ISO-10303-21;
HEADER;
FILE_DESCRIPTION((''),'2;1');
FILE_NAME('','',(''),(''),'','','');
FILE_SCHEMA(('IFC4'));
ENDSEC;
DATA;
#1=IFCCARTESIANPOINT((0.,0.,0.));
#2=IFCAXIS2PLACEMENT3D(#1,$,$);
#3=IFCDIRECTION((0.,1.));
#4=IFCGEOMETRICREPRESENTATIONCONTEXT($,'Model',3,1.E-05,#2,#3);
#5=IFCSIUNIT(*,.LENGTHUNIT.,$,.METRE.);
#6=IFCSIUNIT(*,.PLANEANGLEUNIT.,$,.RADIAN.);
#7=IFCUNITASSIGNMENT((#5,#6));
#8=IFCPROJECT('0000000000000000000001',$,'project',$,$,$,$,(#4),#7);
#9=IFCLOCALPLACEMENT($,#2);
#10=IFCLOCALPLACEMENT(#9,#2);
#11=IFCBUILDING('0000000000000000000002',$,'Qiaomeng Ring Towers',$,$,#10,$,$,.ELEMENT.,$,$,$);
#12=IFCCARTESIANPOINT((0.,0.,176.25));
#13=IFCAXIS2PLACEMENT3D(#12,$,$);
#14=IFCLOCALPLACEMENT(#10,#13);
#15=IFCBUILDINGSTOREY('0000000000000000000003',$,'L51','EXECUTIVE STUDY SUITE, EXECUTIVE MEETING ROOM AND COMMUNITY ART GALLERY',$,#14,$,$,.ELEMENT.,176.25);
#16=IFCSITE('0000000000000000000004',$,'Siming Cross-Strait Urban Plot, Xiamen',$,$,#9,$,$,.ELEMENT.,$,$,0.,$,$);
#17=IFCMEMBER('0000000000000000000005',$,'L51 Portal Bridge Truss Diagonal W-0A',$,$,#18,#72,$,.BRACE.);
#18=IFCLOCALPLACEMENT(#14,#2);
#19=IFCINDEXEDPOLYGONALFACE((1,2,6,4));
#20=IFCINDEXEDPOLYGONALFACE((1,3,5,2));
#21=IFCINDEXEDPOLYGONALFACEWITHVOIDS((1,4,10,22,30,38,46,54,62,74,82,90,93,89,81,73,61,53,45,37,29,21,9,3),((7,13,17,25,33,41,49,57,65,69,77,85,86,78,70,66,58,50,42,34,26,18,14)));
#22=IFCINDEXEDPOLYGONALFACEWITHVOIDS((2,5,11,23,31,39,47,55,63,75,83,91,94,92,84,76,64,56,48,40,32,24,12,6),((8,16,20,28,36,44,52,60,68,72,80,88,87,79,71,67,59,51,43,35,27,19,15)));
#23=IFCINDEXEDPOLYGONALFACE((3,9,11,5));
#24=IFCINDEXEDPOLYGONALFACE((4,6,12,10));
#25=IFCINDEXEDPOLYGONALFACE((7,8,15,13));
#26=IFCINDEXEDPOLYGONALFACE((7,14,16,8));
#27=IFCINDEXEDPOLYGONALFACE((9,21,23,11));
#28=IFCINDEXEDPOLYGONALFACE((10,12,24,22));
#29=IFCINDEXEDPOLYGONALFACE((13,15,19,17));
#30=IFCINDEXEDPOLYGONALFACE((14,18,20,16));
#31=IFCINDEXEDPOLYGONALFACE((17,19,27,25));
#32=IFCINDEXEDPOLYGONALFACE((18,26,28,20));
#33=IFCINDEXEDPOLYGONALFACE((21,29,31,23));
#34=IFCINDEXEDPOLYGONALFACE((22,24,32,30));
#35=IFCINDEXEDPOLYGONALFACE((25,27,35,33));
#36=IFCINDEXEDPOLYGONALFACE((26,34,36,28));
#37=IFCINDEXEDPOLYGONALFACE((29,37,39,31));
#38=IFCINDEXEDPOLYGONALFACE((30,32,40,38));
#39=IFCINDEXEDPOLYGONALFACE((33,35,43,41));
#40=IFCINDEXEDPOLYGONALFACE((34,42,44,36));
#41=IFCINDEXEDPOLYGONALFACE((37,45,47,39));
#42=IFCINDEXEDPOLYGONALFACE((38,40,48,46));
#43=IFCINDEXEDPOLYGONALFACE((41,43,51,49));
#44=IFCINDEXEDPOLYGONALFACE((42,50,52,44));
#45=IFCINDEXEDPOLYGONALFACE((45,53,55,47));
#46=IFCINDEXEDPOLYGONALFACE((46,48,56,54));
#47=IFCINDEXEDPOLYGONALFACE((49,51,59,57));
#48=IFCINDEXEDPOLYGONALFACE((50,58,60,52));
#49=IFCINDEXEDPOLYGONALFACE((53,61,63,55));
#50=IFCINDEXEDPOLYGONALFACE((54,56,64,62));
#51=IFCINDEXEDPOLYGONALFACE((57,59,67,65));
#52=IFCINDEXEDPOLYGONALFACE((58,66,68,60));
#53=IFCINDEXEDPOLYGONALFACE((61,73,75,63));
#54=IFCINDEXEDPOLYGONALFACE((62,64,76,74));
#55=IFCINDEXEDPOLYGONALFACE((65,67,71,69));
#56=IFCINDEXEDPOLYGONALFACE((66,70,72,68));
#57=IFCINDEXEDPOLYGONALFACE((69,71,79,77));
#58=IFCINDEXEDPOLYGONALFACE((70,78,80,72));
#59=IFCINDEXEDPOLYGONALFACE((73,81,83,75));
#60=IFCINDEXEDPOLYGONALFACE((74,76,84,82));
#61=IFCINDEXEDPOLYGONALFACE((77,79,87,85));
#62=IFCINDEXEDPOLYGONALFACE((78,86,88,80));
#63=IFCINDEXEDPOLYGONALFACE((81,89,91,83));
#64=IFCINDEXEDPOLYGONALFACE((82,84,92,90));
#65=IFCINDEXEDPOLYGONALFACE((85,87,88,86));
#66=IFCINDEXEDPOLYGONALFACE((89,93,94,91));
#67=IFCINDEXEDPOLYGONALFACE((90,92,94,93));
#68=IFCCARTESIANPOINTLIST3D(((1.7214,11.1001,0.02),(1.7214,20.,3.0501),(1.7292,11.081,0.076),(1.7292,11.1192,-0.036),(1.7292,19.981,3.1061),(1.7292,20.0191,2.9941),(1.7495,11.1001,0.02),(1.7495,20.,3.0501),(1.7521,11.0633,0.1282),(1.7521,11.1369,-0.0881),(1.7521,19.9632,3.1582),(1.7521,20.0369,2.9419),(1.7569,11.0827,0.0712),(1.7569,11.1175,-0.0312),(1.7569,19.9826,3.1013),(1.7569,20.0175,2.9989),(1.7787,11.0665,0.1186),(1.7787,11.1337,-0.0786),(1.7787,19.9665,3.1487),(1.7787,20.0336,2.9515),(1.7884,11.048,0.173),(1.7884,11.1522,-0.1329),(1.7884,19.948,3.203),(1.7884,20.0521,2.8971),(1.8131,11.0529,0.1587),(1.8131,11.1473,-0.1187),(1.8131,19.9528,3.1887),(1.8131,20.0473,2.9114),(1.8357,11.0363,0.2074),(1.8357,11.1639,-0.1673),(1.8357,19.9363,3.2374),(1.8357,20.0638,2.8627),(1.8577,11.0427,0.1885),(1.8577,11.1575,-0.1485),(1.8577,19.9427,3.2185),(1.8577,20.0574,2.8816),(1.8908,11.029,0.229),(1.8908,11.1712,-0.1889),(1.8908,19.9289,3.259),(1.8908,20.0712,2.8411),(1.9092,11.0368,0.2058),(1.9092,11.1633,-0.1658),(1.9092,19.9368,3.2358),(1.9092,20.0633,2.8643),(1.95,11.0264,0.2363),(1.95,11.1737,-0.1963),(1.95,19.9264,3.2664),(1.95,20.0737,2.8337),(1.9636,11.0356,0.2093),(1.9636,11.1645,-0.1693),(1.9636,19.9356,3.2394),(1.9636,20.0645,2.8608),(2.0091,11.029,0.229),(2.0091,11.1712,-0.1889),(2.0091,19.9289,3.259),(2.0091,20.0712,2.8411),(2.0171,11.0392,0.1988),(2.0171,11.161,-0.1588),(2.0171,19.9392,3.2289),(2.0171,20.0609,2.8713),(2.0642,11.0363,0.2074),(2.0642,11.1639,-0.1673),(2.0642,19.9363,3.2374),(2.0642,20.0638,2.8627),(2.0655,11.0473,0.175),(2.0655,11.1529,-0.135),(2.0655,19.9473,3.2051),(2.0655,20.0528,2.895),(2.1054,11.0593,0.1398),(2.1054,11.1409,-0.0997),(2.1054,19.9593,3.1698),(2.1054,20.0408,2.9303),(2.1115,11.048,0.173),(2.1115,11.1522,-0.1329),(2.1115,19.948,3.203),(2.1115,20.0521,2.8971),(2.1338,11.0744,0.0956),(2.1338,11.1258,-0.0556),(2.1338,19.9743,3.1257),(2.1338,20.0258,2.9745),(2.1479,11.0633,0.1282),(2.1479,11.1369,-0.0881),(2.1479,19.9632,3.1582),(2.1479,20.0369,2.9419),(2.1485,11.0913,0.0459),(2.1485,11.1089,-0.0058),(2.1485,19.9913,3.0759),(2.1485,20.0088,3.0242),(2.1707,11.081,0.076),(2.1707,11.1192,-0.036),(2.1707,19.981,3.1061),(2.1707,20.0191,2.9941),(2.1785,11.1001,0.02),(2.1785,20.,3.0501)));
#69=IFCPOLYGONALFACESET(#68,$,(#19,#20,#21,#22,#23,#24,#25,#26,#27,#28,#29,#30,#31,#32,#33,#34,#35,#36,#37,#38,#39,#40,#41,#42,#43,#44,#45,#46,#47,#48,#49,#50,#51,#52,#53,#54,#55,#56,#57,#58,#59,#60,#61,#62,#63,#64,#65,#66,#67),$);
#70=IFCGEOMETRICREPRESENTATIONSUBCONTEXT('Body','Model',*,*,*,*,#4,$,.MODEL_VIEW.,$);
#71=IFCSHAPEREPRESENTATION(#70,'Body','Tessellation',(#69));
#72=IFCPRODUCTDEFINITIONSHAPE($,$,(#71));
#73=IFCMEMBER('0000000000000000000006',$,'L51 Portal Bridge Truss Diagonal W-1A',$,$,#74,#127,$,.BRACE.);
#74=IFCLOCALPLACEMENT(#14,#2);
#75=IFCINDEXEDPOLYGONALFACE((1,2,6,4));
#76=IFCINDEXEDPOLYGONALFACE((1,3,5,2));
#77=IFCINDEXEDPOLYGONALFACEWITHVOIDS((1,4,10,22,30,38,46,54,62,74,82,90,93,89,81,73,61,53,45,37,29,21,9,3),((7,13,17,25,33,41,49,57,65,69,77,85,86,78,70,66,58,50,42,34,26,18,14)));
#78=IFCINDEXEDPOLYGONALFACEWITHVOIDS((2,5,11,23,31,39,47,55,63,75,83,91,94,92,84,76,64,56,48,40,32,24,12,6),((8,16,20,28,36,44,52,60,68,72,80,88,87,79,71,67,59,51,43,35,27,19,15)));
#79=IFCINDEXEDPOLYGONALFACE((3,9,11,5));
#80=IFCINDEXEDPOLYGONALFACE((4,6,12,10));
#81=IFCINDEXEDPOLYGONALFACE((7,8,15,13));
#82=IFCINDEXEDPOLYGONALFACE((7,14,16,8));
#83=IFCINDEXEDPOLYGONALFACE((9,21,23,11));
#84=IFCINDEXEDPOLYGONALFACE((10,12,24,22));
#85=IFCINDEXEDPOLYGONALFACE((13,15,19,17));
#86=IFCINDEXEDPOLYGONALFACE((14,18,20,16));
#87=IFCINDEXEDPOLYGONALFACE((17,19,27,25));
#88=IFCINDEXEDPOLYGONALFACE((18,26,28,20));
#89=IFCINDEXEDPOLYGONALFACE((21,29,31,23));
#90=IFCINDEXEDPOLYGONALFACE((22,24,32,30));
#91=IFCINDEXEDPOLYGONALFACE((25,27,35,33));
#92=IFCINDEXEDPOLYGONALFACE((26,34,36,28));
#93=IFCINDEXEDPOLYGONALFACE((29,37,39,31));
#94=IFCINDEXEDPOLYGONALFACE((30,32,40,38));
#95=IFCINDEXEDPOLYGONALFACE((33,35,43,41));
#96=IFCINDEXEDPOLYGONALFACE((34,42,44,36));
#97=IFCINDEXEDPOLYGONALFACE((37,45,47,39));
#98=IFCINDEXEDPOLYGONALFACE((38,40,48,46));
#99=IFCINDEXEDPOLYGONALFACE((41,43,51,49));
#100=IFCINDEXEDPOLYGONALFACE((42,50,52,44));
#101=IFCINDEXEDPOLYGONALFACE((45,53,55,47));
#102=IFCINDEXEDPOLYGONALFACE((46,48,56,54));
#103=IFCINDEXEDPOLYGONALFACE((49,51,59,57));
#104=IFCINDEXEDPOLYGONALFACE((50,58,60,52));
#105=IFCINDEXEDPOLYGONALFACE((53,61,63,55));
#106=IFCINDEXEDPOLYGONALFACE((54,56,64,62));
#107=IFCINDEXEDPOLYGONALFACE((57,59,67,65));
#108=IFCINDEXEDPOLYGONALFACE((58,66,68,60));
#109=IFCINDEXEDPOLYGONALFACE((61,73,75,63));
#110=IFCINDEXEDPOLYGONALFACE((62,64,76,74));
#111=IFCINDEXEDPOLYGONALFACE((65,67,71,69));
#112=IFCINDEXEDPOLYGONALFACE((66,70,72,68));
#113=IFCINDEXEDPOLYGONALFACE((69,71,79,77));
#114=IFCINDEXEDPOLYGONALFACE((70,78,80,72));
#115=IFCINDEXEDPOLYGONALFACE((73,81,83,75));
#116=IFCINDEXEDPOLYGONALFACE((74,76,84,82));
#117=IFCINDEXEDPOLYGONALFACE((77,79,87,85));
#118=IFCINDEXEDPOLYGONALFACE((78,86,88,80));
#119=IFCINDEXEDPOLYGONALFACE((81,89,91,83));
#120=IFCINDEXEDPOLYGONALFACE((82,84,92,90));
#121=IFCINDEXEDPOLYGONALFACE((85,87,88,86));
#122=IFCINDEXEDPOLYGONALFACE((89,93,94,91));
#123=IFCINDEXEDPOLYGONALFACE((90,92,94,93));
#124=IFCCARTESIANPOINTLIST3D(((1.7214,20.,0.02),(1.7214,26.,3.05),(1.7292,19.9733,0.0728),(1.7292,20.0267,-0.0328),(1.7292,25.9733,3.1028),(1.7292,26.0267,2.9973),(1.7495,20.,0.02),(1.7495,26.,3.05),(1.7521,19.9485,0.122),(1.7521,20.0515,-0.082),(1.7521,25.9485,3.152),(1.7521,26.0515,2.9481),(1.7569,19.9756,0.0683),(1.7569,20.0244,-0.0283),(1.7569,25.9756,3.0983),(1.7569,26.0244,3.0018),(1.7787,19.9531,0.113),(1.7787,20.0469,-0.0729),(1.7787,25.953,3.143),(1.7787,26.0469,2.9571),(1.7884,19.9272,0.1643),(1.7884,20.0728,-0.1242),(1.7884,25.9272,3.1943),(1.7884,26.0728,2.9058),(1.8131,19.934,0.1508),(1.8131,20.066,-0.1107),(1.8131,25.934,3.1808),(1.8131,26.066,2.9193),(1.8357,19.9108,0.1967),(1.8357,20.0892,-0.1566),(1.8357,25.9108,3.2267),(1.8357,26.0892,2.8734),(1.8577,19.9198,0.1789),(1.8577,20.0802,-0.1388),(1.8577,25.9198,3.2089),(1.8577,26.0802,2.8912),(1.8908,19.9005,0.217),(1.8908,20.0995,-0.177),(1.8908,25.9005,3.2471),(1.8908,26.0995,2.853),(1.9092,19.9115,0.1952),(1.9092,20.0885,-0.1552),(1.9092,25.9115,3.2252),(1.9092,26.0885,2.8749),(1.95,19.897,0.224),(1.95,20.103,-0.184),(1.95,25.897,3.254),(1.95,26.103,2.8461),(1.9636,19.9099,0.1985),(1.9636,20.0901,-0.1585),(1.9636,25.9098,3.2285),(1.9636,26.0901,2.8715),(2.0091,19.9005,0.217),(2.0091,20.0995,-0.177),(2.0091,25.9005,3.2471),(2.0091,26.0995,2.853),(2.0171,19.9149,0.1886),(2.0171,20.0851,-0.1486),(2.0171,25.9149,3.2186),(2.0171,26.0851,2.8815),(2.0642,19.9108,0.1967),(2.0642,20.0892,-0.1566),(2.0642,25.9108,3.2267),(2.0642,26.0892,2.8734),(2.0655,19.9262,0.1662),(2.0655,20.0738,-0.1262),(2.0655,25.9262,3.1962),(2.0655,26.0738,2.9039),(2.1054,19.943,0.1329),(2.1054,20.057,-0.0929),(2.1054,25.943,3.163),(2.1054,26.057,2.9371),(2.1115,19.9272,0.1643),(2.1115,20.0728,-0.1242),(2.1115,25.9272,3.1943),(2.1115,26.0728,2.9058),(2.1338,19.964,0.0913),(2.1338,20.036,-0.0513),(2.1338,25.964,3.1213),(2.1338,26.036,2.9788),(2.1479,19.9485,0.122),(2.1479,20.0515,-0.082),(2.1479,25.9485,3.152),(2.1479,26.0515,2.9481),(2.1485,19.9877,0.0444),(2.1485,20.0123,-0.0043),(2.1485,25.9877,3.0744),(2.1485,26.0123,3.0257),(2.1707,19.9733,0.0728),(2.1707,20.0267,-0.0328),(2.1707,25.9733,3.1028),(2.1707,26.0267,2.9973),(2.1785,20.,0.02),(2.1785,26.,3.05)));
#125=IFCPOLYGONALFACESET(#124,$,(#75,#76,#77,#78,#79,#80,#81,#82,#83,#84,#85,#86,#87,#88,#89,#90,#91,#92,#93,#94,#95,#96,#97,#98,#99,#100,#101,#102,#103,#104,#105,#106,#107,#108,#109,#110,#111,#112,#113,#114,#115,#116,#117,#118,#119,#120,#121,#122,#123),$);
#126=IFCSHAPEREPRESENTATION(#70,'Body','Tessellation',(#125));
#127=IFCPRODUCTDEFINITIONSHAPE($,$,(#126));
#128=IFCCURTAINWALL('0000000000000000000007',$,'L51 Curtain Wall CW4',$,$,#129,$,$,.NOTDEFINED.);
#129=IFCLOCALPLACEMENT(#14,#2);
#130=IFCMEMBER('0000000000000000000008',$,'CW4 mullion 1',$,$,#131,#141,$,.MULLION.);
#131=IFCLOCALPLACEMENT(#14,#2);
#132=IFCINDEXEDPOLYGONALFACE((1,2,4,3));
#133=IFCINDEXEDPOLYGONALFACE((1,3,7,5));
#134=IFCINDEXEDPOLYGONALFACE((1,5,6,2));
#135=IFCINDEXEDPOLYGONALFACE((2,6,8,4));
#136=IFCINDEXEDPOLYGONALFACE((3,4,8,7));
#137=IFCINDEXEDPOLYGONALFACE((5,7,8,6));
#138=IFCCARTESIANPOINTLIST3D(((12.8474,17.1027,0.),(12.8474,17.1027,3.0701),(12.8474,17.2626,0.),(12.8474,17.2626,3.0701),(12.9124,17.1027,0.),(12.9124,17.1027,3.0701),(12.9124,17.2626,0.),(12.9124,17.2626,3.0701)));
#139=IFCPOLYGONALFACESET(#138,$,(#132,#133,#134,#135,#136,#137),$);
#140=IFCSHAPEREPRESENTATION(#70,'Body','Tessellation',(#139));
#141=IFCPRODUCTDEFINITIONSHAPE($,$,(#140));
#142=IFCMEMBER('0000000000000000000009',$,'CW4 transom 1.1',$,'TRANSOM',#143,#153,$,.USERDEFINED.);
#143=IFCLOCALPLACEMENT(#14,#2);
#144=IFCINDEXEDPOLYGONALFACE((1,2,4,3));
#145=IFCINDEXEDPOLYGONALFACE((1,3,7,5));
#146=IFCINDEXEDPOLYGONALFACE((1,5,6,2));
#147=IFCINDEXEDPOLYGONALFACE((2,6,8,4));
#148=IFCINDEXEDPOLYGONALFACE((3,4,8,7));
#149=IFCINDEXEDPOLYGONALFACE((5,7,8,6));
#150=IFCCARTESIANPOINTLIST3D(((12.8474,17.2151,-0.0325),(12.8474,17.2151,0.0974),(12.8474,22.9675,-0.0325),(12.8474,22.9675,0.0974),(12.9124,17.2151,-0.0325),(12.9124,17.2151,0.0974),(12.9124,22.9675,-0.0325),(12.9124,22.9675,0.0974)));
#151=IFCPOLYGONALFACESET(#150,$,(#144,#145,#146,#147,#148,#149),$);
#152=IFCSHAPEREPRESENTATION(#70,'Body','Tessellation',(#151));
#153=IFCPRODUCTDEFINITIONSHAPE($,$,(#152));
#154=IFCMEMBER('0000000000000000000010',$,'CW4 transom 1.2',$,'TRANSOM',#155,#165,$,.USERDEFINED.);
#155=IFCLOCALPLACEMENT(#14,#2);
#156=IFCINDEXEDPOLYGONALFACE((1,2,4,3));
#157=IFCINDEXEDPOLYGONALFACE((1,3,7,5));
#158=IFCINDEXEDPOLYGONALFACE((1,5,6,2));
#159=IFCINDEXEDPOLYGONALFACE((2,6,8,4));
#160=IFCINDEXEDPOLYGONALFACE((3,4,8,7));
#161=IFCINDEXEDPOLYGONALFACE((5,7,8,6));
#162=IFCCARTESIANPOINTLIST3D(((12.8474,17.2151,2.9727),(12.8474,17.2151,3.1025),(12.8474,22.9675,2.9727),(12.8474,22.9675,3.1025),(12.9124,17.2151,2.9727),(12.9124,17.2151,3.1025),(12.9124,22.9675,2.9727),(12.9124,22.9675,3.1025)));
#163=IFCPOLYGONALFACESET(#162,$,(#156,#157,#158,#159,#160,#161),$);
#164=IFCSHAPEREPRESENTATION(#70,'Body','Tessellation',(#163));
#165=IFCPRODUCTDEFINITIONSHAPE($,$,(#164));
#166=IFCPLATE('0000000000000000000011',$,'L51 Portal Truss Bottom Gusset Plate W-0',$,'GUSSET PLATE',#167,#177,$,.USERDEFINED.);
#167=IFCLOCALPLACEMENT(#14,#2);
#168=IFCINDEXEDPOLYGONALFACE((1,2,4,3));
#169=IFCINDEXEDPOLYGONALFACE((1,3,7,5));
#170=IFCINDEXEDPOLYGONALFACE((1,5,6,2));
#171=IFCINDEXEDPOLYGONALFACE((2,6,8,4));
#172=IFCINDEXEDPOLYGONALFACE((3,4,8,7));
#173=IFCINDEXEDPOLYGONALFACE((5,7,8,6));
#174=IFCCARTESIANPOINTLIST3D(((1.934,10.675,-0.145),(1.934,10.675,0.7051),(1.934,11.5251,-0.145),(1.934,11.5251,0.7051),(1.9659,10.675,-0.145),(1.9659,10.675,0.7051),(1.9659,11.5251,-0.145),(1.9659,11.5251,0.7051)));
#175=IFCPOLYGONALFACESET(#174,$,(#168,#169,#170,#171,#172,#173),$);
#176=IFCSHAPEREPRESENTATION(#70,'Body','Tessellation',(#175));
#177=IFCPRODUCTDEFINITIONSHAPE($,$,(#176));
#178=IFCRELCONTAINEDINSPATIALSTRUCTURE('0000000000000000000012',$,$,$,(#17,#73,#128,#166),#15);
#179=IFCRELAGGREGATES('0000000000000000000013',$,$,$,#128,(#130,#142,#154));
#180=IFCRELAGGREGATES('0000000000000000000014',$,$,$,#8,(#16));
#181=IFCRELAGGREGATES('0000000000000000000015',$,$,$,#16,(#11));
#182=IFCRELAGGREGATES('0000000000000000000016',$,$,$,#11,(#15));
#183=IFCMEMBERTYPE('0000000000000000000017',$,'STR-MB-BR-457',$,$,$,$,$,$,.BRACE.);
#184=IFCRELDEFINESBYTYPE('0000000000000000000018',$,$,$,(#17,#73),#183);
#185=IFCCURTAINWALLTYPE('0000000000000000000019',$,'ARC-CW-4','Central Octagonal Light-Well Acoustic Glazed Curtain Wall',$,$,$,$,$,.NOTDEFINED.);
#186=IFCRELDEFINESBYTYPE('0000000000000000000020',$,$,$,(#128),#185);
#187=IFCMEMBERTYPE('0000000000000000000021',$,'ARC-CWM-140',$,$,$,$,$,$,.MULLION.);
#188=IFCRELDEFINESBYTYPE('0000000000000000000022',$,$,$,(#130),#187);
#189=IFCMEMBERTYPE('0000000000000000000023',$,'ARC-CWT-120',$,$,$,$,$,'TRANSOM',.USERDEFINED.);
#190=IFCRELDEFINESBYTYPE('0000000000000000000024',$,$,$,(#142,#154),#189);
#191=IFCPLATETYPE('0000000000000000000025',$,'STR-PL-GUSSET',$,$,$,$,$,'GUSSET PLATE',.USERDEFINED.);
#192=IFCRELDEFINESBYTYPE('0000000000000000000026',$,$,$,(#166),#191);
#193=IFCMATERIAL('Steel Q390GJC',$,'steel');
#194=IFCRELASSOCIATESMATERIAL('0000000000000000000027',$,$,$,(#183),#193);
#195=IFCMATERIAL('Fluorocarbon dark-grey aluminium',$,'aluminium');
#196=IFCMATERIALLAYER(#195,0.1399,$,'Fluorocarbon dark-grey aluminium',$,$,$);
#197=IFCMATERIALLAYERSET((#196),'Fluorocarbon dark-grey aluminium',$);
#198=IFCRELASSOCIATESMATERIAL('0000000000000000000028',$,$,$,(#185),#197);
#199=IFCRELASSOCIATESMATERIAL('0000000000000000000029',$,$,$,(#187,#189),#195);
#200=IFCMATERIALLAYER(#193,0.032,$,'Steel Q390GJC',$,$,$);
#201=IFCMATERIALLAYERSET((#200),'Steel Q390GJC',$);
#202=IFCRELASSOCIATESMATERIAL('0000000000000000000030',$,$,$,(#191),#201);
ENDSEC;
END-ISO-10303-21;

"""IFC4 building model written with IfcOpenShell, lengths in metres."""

from ifc_helpers import new_model, si_unit, direction, frame, origin, origin_2d, place, context, subcontext, project, spatial, rectangle, hollow_circle, extrude, source, transform, mapped, material, layer, layer_set, material_profile, profile_set, type_object, element, aggregate, save


model = new_model("IFC4")

# Units and contexts
model_context = context("Model", 3, precision=1e-05, world=origin(), true_north=direction((0.0, 1.0)))
body_context = subcontext(model_context, "Body", "Model", "MODEL_VIEW")
ifc_project = project(units=[si_unit("LENGTHUNIT", "METRE"), si_unit("PLANEANGLEUNIT", "RADIAN")], contexts=[model_context])

# Site, building, storey
site_placement = place(None, origin())
site = spatial("IfcSite", under=ifc_project, at=site_placement, Name="Siming Cross-Strait Urban Plot, Xiamen", CompositionType="ELEMENT", RefElevation=0.0)
building_placement = place(site_placement, origin())
building = spatial("IfcBuilding", under=site, at=building_placement, Name="Qiaomeng Ring Towers", CompositionType="ELEMENT")
storey_placement = place(building_placement, frame((0.0, 0.0, 176.25)))
storey = spatial("IfcBuildingStorey", under=building, at=storey_placement, Name="L51", Description="EXECUTIVE STUDY SUITE, EXECUTIVE MEETING ROOM AND COMMUNITY ART GALLERY", CompositionType="ELEMENT", Elevation=176.25)

# Shared definitions
ifc_material_1 = material(Name="Steel Q390GJC", Category="steel")

# Members
ifc_material_profile_1 = material_profile(ifc_material_1, hollow_circle(Radius=0.2285, WallThickness=0.0281, at=origin_2d()), Name="CHS 457x28")
ifc_profile_set_1 = profile_set([ifc_material_profile_1], Name="Steel Q390GJC")
member_type_1 = type_object("IfcMemberType", Name="STR-MB-BR-457", PredefinedType="BRACE", material=ifc_profile_set_1)
shared_shape_1 = source(origin(), body_context, "Body", "SweptSolid", [
    extrude(hollow_circle(Radius=0.2285, WallThickness=0.0281, at=origin_2d()), origin(), (0.0, 0.0, 1.0), 9.4016),
])
member_1_placement = place(storey_placement, frame((1.95, 11.1001, 0.02), z_axis=(0.0, 0.946641, 0.32229), x_axis=(-1.0, 0.0, 0.0)))
element("IfcMember", 1, at=member_1_placement, inside=storey, type_object=member_type_1, Name="L51 Portal Bridge Truss Diagonal W-0A", PredefinedType="BRACE", context=body_context, shape_type="MappedRepresentation", body=[
    mapped(shared_shape_1, transform((0.0, 0.0, 0.0), x_axis=(1.0, 0.0, 0.0), y_axis=(0.0, 1.0, 0.0), z_axis=(0.0, 0.0, 1.0), scale=1.0)),
])
shared_shape_2 = source(origin(), body_context, "Body", "SweptSolid", [
    extrude(hollow_circle(Radius=0.2285, WallThickness=0.0281, at=origin_2d()), origin(), (0.0, 0.0, 1.0), 6.7217),
])
member_2_placement = place(storey_placement, frame((1.95, 20.0, 0.02), z_axis=(0.0, 0.892633, 0.450784), x_axis=(-1.0, 0.0, 0.0)))
element("IfcMember", 2, at=member_2_placement, inside=storey, type_object=member_type_1, Name="L51 Portal Bridge Truss Diagonal W-1A", PredefinedType="BRACE", context=body_context, shape_type="MappedRepresentation", body=[
    mapped(shared_shape_2, transform((0.0, 0.0, 0.0), x_axis=(1.0, 0.0, 0.0), y_axis=(0.0, 1.0, 0.0), z_axis=(0.0, 0.0, 1.0), scale=1.0)),
])

# Curtain wall, members
ifc_material_2 = material(Name="Fluorocarbon dark-grey aluminium", Category="aluminium")
ifc_layer_1 = layer(ifc_material_2, 0.1399, Name="Fluorocarbon dark-grey aluminium")
ifc_layer_set_1 = layer_set([ifc_layer_1], Name="Fluorocarbon dark-grey aluminium")
curtain_wall_type = type_object("IfcCurtainWallType", Name="ARC-CW-4", Description="Central Octagonal Light-Well Acoustic Glazed Curtain Wall", PredefinedType="NOTDEFINED", material=ifc_layer_set_1)
curtain_wall_placement = place(storey_placement, origin())
curtain_wall = element("IfcCurtainWall", 3, at=curtain_wall_placement, inside=storey, type_object=curtain_wall_type, Name="L51 Curtain Wall CW4", PredefinedType="NOTDEFINED")
ifc_material_profile_2 = material_profile(ifc_material_2, rectangle(XDim=0.0649, YDim=0.1599, at=origin_2d()), Name="ALU MULL 65x160")
ifc_profile_set_2 = profile_set([ifc_material_profile_2], Name="Fluorocarbon dark-grey aluminium")
member_type_2 = type_object("IfcMemberType", Name="ARC-CWM-140", PredefinedType="MULLION", material=ifc_profile_set_2)
shared_shape_3 = source(origin(), body_context, "Body", "SweptSolid", [
    extrude(rectangle(XDim=0.0649, YDim=0.1599, at=origin_2d()), origin(), (0.0, 0.0, 1.0), 3.0701),
])
member_3_placement = place(storey_placement, frame((12.8799, 17.1826, 0.0), z_axis=(0.0, 0.0, 1.0), x_axis=(-1.0, 0.0, 0.0)))
member_3 = element("IfcMember", 4, at=member_3_placement, type_object=member_type_2, Name="CW4 mullion 1", PredefinedType="MULLION", context=body_context, shape_type="MappedRepresentation", body=[
    mapped(shared_shape_3, transform((0.0, 0.0, 0.0), x_axis=(1.0, 0.0, 0.0), y_axis=(0.0, 1.0, 0.0), z_axis=(0.0, 0.0, 1.0), scale=1.0)),
])
ifc_material_profile_3 = material_profile(ifc_material_2, rectangle(XDim=0.0649, YDim=0.1299, at=origin_2d()), Name="ALU TRAN 65x130")
ifc_profile_set_3 = profile_set([ifc_material_profile_3], Name="Fluorocarbon dark-grey aluminium")
member_type_3 = type_object("IfcMemberType", Name="ARC-CWT-120", ElementType="TRANSOM", PredefinedType="USERDEFINED", material=ifc_profile_set_3)
shared_shape_4 = source(origin(), body_context, "Body", "SweptSolid", [
    extrude(rectangle(XDim=0.0649, YDim=0.1299, at=origin_2d()), origin(), (0.0, 0.0, 1.0), 5.7524),
])
member_4_placement = place(storey_placement, frame((12.8799, 17.2151, 0.0325), z_axis=(0.0, 1.0, 0.0), x_axis=(-1.0, 0.0, 0.0)))
member_4 = element("IfcMember", 5, at=member_4_placement, type_object=member_type_3, Name="CW4 transom 1.1", ObjectType="TRANSOM", PredefinedType="USERDEFINED", context=body_context, shape_type="MappedRepresentation", body=[
    mapped(shared_shape_4, transform((0.0, 0.0, 0.0), x_axis=(1.0, 0.0, 0.0), y_axis=(0.0, 1.0, 0.0), z_axis=(0.0, 0.0, 1.0), scale=1.0)),
])
member_5_placement = place(storey_placement, frame((12.8799, 17.2151, 3.0376), z_axis=(0.0, 1.0, 0.0), x_axis=(-1.0, 0.0, 0.0)))
member_5 = element("IfcMember", 6, at=member_5_placement, type_object=member_type_3, Name="CW4 transom 1.2", ObjectType="TRANSOM", PredefinedType="USERDEFINED", context=body_context, shape_type="MappedRepresentation", body=[
    mapped(shared_shape_4, transform((0.0, 0.0, 0.0), x_axis=(1.0, 0.0, 0.0), y_axis=(0.0, 1.0, 0.0), z_axis=(0.0, 0.0, 1.0), scale=1.0)),
])
aggregate(curtain_wall, [member_3, member_4, member_5])

# Plate
ifc_layer_2 = layer(ifc_material_1, 0.032, Name="Steel Q390GJC")
ifc_layer_set_2 = layer_set([ifc_layer_2], Name="Steel Q390GJC")
plate_type = type_object("IfcPlateType", Name="STR-PL-GUSSET", ElementType="GUSSET PLATE", PredefinedType="USERDEFINED", material=ifc_layer_set_2)
shared_shape_5 = source(origin(), body_context, "Body", "SweptSolid", [
    extrude(rectangle(XDim=0.032, YDim=0.8501, at=origin_2d()), origin(), (0.0, 0.0, 1.0), 0.8501),
])
for number, where, z_axis, x_axis, name in (
    (7, (1.95, 11.1001, -0.145), (0.0, 0.0, 1.0), (1.0, 0.0, 0.0), "L51 Portal Truss Bottom Gusset Plate W-0"),
):
    element("IfcPlate", number, at=place(storey_placement, frame(where, z_axis=z_axis, x_axis=x_axis)), inside=storey, type_object=plate_type, Name=name, ObjectType="GUSSET PLATE", PredefinedType="USERDEFINED", context=body_context, shape_type="MappedRepresentation", body=[
        mapped(shared_shape_5, transform((0.0, 0.0, 0.0), x_axis=(1.0, 0.0, 0.0), y_axis=(0.0, 1.0, 0.0), z_axis=(0.0, 0.0, 1.0), scale=1.0)),
    ])

save(model, "model.ifc")
